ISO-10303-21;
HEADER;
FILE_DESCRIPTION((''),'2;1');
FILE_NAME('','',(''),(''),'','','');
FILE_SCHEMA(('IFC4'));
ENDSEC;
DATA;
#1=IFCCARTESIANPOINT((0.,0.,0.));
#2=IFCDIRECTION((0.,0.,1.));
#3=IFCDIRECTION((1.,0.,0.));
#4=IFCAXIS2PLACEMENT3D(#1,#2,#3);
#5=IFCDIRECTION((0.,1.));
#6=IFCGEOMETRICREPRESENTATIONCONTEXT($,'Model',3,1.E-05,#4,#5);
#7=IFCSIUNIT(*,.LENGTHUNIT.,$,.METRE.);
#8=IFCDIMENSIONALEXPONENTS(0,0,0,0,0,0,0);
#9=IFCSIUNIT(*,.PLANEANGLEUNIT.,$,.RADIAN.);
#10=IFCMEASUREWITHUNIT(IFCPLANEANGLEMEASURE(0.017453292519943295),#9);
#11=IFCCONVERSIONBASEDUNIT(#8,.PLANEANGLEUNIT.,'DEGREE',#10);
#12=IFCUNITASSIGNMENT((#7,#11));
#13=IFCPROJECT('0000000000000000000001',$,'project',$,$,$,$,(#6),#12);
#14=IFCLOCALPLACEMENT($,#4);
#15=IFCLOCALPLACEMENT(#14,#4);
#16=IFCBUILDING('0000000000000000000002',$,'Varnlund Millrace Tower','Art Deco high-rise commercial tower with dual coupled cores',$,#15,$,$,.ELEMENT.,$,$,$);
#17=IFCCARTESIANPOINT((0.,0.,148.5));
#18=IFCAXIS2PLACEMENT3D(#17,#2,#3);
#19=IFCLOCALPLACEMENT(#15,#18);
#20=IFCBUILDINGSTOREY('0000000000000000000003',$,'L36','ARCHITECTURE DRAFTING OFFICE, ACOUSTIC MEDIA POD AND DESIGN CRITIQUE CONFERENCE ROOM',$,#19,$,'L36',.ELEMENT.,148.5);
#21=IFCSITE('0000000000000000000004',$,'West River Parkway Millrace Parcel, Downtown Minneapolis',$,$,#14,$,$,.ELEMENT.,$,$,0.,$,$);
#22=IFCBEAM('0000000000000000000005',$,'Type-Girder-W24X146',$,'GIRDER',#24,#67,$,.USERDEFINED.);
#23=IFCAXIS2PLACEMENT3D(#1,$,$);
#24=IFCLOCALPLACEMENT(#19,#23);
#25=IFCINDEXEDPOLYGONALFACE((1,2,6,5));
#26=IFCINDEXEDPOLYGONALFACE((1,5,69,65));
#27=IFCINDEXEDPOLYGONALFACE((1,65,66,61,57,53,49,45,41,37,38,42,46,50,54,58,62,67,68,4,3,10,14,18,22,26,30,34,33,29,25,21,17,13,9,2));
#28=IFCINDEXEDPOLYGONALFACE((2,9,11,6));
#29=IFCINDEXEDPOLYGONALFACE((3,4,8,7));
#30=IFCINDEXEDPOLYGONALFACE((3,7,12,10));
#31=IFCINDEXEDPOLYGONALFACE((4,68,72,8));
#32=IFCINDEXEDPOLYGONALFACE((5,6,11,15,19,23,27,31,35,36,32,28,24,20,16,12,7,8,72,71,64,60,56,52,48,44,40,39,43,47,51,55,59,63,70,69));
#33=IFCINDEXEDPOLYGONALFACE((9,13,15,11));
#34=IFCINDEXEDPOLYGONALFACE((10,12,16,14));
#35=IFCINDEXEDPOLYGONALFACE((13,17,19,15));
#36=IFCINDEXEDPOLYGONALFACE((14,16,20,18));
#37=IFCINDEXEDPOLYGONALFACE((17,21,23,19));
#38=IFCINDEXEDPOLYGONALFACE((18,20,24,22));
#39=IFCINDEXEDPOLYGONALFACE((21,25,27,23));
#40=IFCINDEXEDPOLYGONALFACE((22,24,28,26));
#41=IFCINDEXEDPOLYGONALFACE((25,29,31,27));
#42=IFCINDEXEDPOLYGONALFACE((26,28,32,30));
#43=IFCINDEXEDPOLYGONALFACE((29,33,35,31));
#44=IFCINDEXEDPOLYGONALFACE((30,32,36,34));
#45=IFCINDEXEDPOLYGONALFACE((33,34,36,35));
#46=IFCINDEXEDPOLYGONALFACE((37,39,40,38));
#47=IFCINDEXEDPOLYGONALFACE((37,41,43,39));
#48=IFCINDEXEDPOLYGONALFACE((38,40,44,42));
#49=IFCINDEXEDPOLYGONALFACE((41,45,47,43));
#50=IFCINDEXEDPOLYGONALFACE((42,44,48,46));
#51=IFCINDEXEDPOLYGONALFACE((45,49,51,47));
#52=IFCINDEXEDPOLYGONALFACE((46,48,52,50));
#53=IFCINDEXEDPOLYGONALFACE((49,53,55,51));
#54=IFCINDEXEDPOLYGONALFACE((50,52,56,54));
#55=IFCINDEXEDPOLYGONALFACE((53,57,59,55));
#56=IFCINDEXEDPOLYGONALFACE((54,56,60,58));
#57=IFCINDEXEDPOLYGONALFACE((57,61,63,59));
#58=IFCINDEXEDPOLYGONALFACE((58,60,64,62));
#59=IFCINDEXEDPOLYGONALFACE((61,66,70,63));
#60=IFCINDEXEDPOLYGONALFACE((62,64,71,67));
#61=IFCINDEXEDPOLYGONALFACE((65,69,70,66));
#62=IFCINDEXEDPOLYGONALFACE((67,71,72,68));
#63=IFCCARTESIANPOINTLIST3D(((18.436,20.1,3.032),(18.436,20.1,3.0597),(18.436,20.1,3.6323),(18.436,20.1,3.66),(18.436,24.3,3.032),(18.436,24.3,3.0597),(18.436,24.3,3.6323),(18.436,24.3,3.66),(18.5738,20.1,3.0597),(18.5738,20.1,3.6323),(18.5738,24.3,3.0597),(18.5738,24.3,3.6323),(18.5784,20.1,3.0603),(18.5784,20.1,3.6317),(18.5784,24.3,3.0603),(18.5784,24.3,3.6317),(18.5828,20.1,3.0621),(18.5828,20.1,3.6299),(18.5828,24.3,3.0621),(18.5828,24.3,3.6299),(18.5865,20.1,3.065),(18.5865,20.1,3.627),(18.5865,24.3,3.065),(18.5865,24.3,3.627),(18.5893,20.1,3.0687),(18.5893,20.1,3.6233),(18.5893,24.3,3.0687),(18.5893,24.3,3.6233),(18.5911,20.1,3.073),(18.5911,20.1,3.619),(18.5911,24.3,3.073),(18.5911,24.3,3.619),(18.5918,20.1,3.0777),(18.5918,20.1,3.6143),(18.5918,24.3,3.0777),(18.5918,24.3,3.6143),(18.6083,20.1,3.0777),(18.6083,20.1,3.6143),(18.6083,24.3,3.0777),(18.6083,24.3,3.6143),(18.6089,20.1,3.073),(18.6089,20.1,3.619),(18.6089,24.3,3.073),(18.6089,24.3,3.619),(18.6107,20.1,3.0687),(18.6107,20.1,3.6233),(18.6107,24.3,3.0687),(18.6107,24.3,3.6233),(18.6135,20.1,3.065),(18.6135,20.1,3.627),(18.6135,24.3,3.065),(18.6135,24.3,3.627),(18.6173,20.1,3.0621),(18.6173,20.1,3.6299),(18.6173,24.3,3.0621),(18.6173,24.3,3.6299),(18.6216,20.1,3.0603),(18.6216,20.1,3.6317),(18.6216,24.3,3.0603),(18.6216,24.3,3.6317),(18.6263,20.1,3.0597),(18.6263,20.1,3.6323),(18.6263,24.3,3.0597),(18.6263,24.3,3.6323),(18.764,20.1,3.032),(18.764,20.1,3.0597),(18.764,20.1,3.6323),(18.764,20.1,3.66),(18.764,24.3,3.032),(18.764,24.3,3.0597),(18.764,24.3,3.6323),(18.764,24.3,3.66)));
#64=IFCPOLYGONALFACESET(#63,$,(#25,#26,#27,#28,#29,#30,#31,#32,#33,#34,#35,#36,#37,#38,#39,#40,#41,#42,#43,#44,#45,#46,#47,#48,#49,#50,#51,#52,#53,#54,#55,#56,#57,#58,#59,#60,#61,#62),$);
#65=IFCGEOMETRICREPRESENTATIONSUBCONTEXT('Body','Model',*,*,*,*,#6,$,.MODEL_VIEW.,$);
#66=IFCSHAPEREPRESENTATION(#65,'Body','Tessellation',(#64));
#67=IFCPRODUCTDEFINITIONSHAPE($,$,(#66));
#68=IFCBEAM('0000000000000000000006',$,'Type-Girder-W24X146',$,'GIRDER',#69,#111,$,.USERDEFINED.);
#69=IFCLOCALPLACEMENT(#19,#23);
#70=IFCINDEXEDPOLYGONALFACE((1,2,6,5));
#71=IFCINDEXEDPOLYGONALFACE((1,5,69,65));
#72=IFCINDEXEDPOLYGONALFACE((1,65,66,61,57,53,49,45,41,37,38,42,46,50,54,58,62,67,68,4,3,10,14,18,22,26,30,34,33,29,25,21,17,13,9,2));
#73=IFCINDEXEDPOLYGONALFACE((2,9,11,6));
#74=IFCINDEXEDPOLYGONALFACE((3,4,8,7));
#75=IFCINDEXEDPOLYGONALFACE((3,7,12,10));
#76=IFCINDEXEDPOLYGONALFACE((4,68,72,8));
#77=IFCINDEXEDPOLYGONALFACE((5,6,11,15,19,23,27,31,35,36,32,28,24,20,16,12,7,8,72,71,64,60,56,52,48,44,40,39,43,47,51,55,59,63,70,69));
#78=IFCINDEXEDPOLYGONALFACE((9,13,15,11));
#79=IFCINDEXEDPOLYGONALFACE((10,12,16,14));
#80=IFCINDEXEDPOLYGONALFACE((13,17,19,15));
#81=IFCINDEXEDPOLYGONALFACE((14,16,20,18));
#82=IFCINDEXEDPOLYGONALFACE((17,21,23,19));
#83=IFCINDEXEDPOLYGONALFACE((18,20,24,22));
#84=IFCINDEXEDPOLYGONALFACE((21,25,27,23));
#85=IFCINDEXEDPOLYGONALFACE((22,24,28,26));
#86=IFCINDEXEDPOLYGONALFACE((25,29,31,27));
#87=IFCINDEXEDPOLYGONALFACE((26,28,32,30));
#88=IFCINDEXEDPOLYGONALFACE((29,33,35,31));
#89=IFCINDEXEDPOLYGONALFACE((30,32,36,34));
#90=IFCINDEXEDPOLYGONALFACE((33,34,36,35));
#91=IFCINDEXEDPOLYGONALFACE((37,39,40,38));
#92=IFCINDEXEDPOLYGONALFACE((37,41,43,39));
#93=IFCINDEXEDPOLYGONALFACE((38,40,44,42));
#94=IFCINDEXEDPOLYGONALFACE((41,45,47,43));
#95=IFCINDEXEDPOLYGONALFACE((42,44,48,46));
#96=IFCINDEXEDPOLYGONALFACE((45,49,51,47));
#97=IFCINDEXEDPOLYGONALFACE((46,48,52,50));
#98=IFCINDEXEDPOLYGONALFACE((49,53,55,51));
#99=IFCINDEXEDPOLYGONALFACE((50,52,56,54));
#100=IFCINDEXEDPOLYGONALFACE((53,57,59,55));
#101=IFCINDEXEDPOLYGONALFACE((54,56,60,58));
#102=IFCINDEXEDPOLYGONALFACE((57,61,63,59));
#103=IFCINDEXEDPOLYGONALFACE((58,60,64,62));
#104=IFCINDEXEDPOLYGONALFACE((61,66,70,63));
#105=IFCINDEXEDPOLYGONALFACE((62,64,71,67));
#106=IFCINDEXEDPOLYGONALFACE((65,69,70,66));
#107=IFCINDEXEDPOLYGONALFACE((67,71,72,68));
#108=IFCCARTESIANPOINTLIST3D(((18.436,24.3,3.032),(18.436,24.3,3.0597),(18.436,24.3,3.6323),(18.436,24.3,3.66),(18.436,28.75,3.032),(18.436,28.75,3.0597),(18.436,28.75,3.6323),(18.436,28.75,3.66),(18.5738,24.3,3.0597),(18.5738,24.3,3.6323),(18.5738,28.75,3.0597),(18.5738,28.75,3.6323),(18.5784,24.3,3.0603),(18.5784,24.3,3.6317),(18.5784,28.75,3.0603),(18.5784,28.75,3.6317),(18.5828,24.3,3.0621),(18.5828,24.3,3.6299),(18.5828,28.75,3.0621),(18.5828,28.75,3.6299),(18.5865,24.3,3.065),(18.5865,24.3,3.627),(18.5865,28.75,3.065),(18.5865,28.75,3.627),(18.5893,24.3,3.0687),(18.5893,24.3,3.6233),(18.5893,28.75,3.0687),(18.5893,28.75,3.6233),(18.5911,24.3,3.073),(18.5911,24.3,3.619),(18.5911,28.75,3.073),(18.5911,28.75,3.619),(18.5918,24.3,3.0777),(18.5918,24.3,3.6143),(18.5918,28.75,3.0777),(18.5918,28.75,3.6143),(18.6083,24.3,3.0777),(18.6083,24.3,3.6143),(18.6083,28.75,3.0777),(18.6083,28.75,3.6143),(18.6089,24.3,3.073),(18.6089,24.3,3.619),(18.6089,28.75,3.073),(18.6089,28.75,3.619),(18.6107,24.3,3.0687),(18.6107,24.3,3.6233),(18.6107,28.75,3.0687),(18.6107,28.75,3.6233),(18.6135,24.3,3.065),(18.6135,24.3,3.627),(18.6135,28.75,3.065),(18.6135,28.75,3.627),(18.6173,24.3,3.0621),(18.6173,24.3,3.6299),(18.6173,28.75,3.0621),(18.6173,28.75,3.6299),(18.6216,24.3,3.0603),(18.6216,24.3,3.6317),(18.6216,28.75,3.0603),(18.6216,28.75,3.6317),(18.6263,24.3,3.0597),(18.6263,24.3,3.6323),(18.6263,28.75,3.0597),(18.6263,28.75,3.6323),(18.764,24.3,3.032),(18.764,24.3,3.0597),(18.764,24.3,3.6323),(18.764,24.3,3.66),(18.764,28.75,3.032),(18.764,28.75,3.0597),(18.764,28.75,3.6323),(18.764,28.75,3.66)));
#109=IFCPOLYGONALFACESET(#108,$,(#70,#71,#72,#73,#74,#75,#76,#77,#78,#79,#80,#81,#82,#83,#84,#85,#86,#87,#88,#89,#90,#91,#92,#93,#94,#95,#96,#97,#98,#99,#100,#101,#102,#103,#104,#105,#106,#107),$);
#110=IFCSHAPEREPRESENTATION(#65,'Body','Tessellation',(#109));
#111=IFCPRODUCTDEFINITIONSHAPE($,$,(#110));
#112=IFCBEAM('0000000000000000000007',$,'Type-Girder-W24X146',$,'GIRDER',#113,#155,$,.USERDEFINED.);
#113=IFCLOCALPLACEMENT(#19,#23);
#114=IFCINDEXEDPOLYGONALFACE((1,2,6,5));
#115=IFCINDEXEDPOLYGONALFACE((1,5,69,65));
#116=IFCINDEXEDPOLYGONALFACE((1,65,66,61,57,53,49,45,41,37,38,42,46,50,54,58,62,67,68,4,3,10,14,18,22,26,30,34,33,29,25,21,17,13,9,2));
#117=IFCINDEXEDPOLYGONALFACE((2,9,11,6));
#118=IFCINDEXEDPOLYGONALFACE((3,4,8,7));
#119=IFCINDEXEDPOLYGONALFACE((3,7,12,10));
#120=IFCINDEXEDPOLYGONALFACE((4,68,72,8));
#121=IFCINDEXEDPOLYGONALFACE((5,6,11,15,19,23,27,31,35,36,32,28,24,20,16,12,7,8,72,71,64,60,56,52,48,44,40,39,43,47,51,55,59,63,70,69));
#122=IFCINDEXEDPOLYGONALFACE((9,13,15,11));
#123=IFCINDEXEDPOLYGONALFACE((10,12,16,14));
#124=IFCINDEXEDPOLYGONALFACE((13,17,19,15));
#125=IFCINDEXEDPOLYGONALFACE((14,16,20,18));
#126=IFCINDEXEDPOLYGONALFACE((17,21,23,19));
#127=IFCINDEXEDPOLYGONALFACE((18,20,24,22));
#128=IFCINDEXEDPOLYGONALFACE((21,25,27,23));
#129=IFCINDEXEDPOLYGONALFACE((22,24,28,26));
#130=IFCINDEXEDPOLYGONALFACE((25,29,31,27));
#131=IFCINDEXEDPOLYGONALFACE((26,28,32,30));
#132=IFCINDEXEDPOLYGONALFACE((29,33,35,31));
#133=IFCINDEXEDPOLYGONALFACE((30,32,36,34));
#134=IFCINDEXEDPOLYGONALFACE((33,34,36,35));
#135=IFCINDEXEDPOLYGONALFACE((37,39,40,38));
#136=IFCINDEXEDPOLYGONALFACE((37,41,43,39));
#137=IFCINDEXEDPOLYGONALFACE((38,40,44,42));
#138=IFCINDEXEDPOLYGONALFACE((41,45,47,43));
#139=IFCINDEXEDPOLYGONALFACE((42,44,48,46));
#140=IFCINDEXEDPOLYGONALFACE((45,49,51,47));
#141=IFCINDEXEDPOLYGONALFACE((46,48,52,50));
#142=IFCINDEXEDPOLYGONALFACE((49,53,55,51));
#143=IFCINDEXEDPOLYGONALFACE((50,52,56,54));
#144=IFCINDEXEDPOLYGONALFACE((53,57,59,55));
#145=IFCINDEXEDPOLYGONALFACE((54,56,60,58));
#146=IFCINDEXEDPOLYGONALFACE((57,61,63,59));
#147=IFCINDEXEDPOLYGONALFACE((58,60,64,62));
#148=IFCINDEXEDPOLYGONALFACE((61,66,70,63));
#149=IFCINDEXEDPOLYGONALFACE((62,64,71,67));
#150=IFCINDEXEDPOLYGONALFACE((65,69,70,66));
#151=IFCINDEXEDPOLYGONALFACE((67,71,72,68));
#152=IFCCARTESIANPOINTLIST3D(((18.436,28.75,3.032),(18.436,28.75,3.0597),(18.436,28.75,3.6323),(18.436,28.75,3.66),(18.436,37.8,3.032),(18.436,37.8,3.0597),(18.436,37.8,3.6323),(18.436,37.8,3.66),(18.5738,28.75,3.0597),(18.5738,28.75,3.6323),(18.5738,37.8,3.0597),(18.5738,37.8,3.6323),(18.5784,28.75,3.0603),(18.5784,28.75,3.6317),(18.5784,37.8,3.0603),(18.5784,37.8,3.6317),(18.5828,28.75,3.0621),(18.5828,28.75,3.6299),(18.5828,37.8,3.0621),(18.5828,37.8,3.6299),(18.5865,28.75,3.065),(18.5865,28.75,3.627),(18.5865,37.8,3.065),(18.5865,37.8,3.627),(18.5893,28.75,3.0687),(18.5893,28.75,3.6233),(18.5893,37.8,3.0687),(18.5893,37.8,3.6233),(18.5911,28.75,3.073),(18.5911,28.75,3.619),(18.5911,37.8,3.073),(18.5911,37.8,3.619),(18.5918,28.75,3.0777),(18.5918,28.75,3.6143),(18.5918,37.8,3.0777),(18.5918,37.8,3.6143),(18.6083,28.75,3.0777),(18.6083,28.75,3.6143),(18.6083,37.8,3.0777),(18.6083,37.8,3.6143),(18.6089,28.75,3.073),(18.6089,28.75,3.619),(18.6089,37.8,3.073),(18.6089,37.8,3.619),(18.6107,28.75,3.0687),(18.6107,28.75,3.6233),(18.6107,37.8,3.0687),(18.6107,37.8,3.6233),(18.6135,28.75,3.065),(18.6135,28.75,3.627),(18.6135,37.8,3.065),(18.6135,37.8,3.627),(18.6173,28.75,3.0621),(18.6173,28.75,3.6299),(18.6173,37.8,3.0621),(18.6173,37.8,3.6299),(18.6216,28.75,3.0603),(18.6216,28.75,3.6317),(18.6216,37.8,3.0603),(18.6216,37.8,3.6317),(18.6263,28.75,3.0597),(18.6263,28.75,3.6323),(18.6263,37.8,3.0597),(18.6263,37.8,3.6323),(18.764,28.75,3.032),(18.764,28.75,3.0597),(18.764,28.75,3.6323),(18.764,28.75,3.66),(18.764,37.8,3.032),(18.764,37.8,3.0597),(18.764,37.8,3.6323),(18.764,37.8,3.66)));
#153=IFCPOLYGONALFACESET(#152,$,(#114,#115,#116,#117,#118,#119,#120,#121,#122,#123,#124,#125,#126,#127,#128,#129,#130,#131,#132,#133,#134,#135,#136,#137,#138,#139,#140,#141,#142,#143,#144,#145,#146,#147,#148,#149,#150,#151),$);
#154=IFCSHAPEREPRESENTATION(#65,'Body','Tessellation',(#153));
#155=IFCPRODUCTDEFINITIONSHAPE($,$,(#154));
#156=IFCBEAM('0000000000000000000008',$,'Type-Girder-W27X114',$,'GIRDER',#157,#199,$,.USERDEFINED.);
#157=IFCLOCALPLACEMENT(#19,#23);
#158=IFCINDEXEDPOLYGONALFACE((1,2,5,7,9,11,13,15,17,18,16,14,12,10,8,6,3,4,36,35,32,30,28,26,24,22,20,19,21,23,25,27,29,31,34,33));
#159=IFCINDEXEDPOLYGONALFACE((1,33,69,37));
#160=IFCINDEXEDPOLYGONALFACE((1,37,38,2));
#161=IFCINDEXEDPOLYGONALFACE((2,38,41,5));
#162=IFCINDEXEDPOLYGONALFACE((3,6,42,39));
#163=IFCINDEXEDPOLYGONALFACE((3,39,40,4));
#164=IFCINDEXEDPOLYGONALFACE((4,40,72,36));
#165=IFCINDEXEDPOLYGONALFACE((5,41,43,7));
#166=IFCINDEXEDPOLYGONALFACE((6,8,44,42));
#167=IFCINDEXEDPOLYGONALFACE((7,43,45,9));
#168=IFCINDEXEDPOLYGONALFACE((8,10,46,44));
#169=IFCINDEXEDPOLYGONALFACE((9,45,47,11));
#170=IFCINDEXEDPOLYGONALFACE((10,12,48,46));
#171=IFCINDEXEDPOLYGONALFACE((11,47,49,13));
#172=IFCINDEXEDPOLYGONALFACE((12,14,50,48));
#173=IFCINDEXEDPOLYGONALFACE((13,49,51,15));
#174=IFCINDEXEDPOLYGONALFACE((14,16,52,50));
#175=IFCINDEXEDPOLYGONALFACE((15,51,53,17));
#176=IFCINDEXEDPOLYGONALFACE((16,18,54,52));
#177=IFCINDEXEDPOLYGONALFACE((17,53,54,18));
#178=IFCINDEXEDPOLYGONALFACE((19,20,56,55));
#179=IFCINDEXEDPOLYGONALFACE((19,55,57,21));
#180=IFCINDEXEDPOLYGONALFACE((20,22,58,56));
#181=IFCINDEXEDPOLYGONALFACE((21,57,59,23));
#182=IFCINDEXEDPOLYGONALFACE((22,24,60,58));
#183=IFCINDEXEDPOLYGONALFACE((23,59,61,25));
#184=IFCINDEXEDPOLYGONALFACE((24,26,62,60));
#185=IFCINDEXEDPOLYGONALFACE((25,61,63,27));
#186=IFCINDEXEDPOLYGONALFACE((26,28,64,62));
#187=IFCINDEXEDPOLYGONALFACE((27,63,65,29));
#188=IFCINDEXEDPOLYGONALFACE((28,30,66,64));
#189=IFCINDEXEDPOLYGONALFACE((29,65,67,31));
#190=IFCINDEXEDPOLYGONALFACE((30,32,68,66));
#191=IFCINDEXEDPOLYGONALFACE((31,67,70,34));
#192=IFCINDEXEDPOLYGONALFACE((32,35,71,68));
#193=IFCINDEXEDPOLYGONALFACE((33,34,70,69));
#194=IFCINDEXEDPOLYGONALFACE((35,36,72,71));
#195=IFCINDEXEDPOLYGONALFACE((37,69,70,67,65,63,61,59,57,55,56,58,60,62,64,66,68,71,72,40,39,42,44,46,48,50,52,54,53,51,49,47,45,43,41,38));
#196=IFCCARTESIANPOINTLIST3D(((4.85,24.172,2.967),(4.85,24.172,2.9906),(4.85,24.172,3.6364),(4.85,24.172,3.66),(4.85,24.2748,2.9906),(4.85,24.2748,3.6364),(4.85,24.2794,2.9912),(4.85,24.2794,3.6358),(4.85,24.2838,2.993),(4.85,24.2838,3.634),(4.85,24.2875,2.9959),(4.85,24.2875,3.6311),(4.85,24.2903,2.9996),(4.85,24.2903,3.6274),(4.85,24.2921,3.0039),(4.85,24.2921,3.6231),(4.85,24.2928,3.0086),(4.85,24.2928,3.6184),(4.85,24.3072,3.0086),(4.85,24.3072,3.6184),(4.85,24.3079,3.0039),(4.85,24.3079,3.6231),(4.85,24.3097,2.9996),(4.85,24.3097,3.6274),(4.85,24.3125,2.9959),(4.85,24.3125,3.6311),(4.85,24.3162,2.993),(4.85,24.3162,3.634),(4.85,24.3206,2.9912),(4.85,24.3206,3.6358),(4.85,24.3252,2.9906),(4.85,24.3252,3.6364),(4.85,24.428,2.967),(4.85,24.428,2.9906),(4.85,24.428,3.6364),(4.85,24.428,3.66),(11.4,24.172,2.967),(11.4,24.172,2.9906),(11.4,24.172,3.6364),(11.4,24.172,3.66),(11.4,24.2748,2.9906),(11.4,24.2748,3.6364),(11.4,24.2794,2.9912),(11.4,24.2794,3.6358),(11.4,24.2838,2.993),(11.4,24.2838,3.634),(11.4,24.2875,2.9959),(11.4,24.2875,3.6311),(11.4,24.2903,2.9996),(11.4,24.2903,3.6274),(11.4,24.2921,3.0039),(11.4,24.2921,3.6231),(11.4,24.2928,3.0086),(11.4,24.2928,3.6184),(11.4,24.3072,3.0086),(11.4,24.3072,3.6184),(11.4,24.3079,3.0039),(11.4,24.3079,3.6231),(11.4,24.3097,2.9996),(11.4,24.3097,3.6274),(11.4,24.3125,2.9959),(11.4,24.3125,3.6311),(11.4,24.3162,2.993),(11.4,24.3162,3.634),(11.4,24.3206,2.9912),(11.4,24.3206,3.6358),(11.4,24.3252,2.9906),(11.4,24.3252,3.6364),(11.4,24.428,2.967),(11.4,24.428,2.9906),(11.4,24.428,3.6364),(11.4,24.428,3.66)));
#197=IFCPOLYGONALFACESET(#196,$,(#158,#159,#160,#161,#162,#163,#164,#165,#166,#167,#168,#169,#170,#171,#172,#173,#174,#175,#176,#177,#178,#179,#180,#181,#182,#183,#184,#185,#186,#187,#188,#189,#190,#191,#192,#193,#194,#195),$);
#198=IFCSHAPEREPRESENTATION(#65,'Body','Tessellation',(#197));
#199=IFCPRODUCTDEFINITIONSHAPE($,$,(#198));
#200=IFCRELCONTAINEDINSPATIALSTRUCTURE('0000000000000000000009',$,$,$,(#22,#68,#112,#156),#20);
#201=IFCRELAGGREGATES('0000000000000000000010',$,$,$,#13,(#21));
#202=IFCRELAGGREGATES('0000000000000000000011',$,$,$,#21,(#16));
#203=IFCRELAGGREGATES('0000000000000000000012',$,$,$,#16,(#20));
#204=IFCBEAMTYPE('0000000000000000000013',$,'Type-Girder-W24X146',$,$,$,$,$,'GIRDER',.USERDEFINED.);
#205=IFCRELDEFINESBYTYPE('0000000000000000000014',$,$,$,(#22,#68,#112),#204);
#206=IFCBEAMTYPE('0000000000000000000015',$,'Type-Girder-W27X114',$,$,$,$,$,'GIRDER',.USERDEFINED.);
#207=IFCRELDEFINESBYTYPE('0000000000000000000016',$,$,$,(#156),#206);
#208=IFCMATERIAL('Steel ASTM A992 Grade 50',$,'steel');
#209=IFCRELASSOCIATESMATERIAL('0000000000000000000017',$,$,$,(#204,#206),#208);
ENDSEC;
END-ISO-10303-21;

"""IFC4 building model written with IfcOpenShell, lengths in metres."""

from ifc_helpers import new_model, entity, si_unit, converted_unit, direction, frame, origin_with_axes, origin_2d_with_axis, place, context, subcontext, project, spatial, i_section, extrude, material, material_profile, profile_set, type_object, element, save


model = new_model("IFC4")

# Units and contexts
model_context = context("Model", 3, precision=1e-05, world=origin_with_axes(), true_north=direction((0.0, 1.0)))
body_context = subcontext(model_context, "Body", "Model", "MODEL_VIEW")
ifc_project = project(units=[si_unit("LENGTHUNIT", "METRE"), converted_unit("PLANEANGLEUNIT", "DEGREE", entity("IfcPlaneAngleMeasure", 0.017453292519943295), si_unit("PLANEANGLEUNIT", "RADIAN"), dimensions=[0, 0, 0, 0, 0, 0, 0])], contexts=[model_context])

# Site, building, storey
site_placement = place(None, origin_with_axes())
site = spatial("IfcSite", under=ifc_project, at=site_placement, Name="West River Parkway Millrace Parcel, Downtown Minneapolis", CompositionType="ELEMENT", RefElevation=0.0)
building_placement = place(site_placement, origin_with_axes())
building = spatial("IfcBuilding", under=site, at=building_placement, Name="Varnlund Millrace Tower", Description="Art Deco high-rise commercial tower with dual coupled cores", CompositionType="ELEMENT")
storey_placement = place(building_placement, frame((0.0, 0.0, 148.5), z_axis=(0.0, 0.0, 1.0), x_axis=(1.0, 0.0, 0.0)))
storey = spatial("IfcBuildingStorey", under=building, at=storey_placement, Name="L36", Description="ARCHITECTURE DRAFTING OFFICE, ACOUSTIC MEDIA POD AND DESIGN CRITIQUE CONFERENCE ROOM", LongName="L36", CompositionType="ELEMENT", Elevation=148.5)

# Beams
ifc_material_1 = material(Name="Steel ASTM A992 Grade 50", Category="steel")
ifc_material_profile_1 = material_profile(ifc_material_1, i_section(OverallWidth=0.328, OverallDepth=0.628, WebThickness=0.0165, FlangeThickness=0.0277, FilletRadius=0.018, at=origin_2d_with_axis()), Name="Steel ASTM A992 Grade 50")
ifc_profile_set_1 = profile_set([ifc_material_profile_1], Name="Steel ASTM A992 Grade 50")
beam_type_1 = type_object("IfcBeamType", Name="Type-Girder-W24X146", ElementType="GIRDER", PredefinedType="USERDEFINED", material=ifc_profile_set_1)
beam_1_placement = place(storey_placement, frame((18.6, 20.1, 3.346), z_axis=(0.0, 1.0, 0.0), x_axis=(-1.0, 0.0, 0.0)))
element("IfcBeam", 1, at=beam_1_placement, inside=storey, type_object=beam_type_1, Name="Type-Girder-W24X146", ObjectType="GIRDER", PredefinedType="USERDEFINED", context=body_context, shape_type="SweptSolid", body=[
    extrude(i_section(OverallWidth=0.328, OverallDepth=0.628, WebThickness=0.0165, FlangeThickness=0.0277, FilletRadius=0.018, at=origin_2d_with_axis()), origin_with_axes(), (0.0, 0.0, 1.0), 4.2),
])
beam_2_placement = place(storey_placement, frame((18.6, 24.3, 3.346), z_axis=(0.0, 1.0, 0.0), x_axis=(-1.0, 0.0, 0.0)))
element("IfcBeam", 2, at=beam_2_placement, inside=storey, type_object=beam_type_1, Name="Type-Girder-W24X146", ObjectType="GIRDER", PredefinedType="USERDEFINED", context=body_context, shape_type="SweptSolid", body=[
    extrude(i_section(OverallWidth=0.328, OverallDepth=0.628, WebThickness=0.0165, FlangeThickness=0.0277, FilletRadius=0.018, at=origin_2d_with_axis()), origin_with_axes(), (0.0, 0.0, 1.0), 4.45),
])
beam_3_placement = place(storey_placement, frame((18.6, 28.75, 3.346), z_axis=(0.0, 1.0, 0.0), x_axis=(-1.0, 0.0, 0.0)))
element("IfcBeam", 3, at=beam_3_placement, inside=storey, type_object=beam_type_1, Name="Type-Girder-W24X146", ObjectType="GIRDER", PredefinedType="USERDEFINED", context=body_context, shape_type="SweptSolid", body=[
    extrude(i_section(OverallWidth=0.328, OverallDepth=0.628, WebThickness=0.0165, FlangeThickness=0.0277, FilletRadius=0.018, at=origin_2d_with_axis()), origin_with_axes(), (0.0, 0.0, 1.0), 9.05),
])
ifc_material_profile_2 = material_profile(ifc_material_1, i_section(OverallWidth=0.256, OverallDepth=0.693, WebThickness=0.0145, FlangeThickness=0.0236, FilletRadius=0.018, at=origin_2d_with_axis()), Name="Steel ASTM A992 Grade 50")
ifc_profile_set_2 = profile_set([ifc_material_profile_2], Name="Steel ASTM A992 Grade 50")
beam_type_2 = type_object("IfcBeamType", Name="Type-Girder-W27X114", ElementType="GIRDER", PredefinedType="USERDEFINED", material=ifc_profile_set_2)
beam_4_placement = place(storey_placement, frame((4.85, 24.3, 3.3135), z_axis=(1.0, 0.0, 0.0), x_axis=(0.0, 1.0, 0.0)))
element("IfcBeam", 4, at=beam_4_placement, inside=storey, type_object=beam_type_2, Name="Type-Girder-W27X114", ObjectType="GIRDER", PredefinedType="USERDEFINED", context=body_context, shape_type="SweptSolid", body=[
    extrude(i_section(OverallWidth=0.256, OverallDepth=0.693, WebThickness=0.0145, FlangeThickness=0.0236, FilletRadius=0.018, at=origin_2d_with_axis()), origin_with_axes(), (0.0, 0.0, 1.0), 6.55),
])

save(model, "model.ifc")
